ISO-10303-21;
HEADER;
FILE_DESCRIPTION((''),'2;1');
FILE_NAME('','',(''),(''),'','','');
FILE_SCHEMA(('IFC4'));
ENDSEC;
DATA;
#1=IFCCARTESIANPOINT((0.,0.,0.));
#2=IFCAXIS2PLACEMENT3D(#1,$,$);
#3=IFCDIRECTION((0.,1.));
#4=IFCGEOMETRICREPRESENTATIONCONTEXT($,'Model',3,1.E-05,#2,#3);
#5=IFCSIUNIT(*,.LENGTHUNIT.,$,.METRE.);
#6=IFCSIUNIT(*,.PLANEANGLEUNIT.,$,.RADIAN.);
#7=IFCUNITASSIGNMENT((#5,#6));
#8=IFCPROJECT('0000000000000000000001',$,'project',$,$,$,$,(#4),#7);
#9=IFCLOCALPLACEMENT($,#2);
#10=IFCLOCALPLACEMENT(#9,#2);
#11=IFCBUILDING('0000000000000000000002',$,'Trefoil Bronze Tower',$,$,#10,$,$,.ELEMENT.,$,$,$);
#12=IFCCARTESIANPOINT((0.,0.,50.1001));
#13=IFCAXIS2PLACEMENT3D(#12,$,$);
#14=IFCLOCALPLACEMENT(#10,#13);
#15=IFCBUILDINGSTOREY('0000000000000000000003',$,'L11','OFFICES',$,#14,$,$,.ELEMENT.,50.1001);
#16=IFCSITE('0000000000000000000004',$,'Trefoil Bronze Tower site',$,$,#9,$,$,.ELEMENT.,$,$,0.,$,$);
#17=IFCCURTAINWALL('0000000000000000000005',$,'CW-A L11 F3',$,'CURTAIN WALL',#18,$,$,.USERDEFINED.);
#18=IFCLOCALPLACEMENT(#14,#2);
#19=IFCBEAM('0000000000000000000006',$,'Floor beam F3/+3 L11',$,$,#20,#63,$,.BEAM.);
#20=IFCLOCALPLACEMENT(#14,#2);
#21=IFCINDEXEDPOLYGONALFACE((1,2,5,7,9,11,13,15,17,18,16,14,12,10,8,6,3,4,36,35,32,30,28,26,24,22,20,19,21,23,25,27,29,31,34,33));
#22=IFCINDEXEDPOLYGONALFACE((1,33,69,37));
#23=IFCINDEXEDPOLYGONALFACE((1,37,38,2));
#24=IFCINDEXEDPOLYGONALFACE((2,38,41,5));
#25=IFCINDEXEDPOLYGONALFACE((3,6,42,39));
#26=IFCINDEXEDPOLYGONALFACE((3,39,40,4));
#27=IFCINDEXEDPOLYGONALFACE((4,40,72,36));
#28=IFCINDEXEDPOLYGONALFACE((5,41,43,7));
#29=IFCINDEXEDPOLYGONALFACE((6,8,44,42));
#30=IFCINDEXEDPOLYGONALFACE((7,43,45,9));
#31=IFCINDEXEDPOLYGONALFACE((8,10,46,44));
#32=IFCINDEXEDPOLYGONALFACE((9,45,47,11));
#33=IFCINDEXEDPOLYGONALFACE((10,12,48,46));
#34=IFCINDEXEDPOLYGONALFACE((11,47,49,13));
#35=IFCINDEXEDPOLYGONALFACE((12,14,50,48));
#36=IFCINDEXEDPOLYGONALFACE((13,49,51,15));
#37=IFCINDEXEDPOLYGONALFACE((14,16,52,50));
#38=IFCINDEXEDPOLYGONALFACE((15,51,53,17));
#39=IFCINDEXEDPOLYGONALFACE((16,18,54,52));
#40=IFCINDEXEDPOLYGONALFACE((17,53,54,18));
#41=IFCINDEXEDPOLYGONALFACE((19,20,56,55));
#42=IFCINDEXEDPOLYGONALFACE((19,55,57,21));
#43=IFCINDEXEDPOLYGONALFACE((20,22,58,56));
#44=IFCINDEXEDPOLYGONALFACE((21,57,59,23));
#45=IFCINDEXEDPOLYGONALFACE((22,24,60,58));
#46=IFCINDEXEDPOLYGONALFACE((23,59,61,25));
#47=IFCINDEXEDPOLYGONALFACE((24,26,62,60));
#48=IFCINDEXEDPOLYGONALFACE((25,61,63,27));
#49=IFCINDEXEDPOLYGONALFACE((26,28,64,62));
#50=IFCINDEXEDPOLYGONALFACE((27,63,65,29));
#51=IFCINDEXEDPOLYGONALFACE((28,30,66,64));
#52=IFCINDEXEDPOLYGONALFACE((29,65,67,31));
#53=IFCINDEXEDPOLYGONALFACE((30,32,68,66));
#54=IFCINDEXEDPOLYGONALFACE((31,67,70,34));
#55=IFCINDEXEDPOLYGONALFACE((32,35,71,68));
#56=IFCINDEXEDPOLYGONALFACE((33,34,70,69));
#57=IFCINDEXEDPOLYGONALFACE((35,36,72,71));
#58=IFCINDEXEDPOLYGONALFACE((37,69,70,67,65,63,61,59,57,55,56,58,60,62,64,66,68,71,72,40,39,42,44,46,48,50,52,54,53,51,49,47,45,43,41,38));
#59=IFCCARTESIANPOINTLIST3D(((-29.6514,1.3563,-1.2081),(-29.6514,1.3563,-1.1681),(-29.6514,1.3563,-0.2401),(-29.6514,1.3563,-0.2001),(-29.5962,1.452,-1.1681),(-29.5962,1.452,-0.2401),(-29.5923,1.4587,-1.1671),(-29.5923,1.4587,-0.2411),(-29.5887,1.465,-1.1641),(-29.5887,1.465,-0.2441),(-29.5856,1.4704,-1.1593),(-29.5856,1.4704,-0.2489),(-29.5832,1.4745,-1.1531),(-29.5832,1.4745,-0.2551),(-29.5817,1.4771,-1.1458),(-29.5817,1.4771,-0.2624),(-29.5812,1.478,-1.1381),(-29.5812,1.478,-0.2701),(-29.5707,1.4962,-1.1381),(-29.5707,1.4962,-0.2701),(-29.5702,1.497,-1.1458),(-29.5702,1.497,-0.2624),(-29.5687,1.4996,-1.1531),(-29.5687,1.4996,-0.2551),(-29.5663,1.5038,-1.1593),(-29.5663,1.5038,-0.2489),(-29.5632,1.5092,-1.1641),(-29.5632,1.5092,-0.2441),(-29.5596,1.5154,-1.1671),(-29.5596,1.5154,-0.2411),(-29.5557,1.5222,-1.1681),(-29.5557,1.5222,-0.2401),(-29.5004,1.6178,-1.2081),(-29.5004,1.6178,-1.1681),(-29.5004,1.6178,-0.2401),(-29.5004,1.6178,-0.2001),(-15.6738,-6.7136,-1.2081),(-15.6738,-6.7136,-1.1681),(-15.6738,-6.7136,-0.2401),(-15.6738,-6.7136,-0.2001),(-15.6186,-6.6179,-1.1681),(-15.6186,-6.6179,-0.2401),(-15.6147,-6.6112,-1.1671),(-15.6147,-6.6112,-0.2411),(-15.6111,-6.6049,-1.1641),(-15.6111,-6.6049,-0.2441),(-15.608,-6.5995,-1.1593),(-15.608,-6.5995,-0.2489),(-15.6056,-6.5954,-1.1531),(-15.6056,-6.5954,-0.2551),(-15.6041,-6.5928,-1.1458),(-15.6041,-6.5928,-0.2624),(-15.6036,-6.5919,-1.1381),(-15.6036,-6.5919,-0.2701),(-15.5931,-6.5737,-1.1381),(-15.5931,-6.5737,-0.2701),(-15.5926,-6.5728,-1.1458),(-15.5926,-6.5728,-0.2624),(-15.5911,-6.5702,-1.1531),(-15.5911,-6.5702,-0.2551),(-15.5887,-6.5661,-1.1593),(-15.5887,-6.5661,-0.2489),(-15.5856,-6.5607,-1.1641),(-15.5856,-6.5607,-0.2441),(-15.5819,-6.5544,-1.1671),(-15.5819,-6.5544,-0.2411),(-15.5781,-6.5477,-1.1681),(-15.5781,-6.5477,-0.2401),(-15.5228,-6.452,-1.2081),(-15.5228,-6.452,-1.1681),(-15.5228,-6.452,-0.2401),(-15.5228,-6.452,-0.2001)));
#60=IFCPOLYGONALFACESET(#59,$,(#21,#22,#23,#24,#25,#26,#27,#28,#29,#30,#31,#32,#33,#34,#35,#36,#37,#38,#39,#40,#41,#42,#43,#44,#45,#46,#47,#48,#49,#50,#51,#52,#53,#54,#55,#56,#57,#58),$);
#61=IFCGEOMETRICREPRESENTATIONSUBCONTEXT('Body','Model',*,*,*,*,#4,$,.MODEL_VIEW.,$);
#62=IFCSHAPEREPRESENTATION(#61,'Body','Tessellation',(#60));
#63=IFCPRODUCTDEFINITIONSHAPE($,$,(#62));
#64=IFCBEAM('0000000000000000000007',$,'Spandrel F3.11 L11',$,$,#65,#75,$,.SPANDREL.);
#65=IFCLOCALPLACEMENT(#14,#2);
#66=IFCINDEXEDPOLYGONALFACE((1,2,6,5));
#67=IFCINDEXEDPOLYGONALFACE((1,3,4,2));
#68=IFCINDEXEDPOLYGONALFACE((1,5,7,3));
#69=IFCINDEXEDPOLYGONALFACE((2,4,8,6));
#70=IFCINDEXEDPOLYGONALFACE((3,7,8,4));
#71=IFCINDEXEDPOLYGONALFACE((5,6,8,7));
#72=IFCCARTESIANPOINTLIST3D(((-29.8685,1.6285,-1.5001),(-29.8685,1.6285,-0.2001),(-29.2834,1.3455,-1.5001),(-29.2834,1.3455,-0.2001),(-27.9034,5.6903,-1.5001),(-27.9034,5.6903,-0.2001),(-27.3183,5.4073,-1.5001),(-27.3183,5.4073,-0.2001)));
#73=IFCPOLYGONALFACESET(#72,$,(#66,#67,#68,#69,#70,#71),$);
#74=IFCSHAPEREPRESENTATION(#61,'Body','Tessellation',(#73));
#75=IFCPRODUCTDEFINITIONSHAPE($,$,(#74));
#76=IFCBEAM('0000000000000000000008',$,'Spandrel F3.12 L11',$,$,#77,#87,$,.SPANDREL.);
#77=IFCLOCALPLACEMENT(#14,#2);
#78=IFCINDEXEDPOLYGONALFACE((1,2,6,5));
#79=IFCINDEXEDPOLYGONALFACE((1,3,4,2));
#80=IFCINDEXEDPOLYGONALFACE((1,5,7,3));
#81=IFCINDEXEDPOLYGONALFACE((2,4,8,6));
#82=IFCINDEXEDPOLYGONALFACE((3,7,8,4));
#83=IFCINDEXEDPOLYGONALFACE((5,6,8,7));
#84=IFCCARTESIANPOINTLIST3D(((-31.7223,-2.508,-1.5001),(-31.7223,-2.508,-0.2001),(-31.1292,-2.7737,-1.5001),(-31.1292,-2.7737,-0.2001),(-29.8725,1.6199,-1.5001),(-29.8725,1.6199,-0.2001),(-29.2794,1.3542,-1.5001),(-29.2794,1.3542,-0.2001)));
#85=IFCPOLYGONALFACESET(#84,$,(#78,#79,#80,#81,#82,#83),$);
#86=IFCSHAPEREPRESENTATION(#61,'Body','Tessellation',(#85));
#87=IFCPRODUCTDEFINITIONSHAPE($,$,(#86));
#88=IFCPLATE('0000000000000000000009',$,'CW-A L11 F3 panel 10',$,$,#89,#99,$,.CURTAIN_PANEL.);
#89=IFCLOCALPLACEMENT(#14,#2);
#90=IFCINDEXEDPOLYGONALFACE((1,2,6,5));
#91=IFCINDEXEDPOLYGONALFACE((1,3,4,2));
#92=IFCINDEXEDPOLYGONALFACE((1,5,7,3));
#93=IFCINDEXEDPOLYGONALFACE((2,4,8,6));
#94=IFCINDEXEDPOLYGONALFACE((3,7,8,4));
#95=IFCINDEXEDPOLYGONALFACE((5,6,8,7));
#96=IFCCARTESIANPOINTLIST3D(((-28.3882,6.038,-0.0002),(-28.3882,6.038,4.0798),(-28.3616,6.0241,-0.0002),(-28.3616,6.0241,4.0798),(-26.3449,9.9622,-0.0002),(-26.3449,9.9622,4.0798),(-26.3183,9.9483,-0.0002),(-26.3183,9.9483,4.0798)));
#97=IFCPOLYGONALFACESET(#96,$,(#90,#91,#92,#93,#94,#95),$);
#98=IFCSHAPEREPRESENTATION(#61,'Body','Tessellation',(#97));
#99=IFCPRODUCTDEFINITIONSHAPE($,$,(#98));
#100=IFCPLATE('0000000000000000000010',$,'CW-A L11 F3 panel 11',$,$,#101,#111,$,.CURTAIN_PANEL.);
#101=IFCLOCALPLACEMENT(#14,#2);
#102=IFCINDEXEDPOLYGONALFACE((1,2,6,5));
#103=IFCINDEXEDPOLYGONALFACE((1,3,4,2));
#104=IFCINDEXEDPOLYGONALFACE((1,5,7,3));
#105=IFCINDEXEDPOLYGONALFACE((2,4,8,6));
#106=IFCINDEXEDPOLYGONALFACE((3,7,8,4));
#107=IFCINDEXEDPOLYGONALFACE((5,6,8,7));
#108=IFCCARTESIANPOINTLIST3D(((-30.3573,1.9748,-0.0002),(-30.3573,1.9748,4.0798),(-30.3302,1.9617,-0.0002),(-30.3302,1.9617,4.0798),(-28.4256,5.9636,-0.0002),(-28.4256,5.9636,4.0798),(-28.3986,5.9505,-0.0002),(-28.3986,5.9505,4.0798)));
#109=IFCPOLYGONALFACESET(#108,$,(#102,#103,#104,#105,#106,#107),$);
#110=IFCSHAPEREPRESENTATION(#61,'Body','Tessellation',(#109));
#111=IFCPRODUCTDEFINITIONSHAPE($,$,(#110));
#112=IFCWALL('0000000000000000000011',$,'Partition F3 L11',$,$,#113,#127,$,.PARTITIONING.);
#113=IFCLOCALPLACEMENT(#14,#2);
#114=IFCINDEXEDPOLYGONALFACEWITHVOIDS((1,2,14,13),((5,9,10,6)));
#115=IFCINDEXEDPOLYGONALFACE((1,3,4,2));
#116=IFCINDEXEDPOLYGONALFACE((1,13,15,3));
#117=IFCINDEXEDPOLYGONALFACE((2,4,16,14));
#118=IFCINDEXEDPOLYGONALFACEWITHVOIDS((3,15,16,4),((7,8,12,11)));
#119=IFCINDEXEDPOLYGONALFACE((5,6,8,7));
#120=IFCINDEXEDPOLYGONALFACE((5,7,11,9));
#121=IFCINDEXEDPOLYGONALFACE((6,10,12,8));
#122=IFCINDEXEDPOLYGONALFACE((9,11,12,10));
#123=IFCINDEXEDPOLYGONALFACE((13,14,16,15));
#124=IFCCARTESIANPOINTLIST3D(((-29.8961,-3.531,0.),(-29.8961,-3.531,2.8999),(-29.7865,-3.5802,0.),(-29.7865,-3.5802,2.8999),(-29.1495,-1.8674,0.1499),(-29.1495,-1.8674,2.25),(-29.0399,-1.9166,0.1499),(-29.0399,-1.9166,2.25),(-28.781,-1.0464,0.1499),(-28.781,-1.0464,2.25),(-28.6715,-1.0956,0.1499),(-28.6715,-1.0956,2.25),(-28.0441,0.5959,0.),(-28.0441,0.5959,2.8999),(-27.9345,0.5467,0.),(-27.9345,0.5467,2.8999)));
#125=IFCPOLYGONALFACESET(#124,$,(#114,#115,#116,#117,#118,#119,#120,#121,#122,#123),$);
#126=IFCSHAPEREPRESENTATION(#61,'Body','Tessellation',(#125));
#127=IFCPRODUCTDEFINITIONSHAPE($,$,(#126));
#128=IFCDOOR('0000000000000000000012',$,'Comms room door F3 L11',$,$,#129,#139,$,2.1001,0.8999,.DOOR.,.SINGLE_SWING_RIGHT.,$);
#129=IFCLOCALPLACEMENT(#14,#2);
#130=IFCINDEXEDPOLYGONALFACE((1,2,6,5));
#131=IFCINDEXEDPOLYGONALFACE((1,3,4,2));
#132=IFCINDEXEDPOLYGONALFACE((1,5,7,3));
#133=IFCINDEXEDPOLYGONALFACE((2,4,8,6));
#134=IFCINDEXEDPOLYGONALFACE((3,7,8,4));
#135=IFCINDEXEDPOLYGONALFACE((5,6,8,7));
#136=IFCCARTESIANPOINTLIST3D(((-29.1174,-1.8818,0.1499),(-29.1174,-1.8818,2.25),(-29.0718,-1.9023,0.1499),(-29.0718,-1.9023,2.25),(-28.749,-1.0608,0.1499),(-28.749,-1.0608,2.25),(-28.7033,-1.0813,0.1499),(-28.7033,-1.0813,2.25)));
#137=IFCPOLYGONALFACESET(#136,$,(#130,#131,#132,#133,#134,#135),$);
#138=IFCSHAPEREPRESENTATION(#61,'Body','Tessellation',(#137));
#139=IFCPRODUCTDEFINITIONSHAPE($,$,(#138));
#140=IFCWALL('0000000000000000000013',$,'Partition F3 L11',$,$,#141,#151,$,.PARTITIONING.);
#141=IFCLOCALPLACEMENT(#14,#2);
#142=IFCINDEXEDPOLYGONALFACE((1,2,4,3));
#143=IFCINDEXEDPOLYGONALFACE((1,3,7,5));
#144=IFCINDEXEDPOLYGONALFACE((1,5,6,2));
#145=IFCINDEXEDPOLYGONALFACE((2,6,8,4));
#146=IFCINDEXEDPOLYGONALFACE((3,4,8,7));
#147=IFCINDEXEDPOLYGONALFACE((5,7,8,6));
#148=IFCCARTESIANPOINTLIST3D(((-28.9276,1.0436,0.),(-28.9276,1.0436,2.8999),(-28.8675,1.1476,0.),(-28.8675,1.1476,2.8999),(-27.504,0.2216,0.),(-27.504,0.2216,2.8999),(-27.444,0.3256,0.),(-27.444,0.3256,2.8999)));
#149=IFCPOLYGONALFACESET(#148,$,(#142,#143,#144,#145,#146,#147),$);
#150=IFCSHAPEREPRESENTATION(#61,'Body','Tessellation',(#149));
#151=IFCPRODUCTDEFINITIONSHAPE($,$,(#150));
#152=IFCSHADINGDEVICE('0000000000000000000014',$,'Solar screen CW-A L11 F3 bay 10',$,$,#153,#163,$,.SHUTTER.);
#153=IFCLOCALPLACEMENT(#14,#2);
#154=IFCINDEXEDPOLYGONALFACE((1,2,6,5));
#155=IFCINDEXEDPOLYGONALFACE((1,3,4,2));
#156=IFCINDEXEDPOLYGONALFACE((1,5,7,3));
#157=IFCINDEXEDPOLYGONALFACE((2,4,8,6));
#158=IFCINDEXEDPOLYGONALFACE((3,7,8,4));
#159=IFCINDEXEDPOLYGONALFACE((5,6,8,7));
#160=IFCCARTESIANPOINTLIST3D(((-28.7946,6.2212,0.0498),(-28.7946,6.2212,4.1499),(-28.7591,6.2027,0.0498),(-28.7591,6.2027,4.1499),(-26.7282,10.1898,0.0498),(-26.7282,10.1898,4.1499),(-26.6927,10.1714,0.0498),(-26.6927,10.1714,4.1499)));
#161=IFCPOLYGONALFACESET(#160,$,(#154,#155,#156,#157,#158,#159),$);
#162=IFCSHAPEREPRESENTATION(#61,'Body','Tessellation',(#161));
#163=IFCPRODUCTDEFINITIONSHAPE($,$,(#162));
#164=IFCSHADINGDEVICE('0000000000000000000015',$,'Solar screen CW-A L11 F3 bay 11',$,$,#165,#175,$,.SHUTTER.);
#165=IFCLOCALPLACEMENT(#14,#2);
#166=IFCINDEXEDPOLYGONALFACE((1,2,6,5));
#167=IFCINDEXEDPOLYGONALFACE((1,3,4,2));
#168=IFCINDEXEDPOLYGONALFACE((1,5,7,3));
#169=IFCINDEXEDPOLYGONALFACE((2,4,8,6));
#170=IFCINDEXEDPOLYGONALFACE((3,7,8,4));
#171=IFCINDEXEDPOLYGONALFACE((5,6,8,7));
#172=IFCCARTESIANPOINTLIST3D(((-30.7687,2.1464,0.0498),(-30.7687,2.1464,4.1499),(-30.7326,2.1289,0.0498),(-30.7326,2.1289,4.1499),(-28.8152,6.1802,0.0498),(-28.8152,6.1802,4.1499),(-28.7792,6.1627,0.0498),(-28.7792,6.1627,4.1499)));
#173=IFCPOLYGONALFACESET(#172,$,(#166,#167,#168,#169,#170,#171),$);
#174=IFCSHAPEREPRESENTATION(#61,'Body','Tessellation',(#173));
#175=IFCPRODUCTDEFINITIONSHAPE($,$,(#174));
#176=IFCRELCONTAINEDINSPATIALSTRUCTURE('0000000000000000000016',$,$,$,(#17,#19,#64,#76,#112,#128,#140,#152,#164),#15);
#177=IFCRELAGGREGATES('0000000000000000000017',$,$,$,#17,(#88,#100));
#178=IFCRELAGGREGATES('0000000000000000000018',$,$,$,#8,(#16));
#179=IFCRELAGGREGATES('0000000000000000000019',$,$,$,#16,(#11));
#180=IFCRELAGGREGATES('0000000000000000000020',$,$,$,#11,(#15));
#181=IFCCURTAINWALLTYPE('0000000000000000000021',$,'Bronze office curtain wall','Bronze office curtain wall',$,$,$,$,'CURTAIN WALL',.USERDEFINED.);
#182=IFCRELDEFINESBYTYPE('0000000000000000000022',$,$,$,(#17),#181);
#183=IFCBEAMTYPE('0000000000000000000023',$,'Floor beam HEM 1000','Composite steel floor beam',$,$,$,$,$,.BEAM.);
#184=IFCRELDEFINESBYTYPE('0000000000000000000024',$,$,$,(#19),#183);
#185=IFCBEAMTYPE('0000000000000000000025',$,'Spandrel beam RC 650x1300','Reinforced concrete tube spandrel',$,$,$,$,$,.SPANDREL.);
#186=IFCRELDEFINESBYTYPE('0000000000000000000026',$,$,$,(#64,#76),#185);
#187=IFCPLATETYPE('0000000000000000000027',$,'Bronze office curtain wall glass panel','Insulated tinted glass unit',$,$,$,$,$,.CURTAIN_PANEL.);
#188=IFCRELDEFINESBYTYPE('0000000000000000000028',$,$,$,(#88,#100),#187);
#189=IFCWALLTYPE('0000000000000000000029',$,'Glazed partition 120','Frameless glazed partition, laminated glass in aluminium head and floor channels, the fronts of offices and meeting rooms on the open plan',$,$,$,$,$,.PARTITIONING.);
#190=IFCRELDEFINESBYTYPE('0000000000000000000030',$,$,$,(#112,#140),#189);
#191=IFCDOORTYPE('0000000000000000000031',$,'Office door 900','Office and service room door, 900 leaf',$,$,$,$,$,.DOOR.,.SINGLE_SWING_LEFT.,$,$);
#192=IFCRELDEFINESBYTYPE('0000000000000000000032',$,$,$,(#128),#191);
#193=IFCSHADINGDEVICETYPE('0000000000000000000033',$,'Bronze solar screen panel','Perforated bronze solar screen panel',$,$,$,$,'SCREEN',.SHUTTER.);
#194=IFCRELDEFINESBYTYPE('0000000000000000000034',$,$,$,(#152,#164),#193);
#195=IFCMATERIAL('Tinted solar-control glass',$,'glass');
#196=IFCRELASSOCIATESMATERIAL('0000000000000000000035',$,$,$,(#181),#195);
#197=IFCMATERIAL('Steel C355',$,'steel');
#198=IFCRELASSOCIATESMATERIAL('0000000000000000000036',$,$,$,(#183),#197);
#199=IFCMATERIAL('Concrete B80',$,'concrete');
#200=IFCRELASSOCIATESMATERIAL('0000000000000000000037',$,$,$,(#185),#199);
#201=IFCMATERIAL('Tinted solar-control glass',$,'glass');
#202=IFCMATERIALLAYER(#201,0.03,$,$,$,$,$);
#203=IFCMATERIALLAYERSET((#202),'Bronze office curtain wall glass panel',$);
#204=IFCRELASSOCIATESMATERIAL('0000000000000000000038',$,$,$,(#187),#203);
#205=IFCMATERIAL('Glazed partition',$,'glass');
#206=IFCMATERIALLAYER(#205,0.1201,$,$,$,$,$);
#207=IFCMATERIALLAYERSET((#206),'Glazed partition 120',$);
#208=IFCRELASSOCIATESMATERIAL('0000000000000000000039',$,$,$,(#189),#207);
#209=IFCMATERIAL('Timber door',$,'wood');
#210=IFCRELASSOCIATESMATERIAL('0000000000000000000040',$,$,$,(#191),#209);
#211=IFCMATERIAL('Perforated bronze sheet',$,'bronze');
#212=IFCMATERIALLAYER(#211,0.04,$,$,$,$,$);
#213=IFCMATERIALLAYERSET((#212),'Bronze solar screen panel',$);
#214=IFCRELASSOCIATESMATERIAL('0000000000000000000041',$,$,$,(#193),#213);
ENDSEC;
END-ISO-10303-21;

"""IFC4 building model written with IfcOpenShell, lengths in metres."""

from ifc_helpers import new_model, si_unit, direction, frame, frame_2d, origin, origin_2d, place, context, subcontext, project, spatial, rectangle, i_section, extrude, material, layer, layer_set, material_profile, profile_set, type_object, element, fill, aggregate, save


model = new_model("IFC4")

# Units and contexts
model_context = context("Model", 3, precision=1e-05, world=origin(), true_north=direction((0.0, 1.0)))
body_context = subcontext(model_context, "Body", "Model", "MODEL_VIEW")
ifc_project = project(units=[si_unit("LENGTHUNIT", "METRE"), si_unit("PLANEANGLEUNIT", "RADIAN")], contexts=[model_context])

# Site, building, storey
site_placement = place(None, origin())
site = spatial("IfcSite", under=ifc_project, at=site_placement, Name="Trefoil Bronze Tower site", CompositionType="ELEMENT", RefElevation=0.0)
building_placement = place(site_placement, origin())
building = spatial("IfcBuilding", under=site, at=building_placement, Name="Trefoil Bronze Tower", CompositionType="ELEMENT")
storey_placement = place(building_placement, frame((0.0, 0.0, 50.1001)))
storey = spatial("IfcBuildingStorey", under=building, at=storey_placement, Name="L11", Description="OFFICES", CompositionType="ELEMENT", Elevation=50.1001)

# Curtain wall
ifc_material_1 = material(Name="Tinted solar-control glass", Category="glass")
curtain_wall_type = type_object("IfcCurtainWallType", Name="Bronze office curtain wall", Description="Bronze office curtain wall", ElementType="CURTAIN WALL", PredefinedType="USERDEFINED", material=ifc_material_1)
curtain_wall_placement = place(storey_placement, origin())
curtain_wall = element("IfcCurtainWall", 1, at=curtain_wall_placement, inside=storey, type_object=curtain_wall_type, Name="CW-A L11 F3", ObjectType="CURTAIN WALL", PredefinedType="USERDEFINED")

# Beams
ifc_material_2 = material(Name="Steel C355", Category="steel")
ifc_material_profile_1 = material_profile(ifc_material_2, i_section(OverallWidth=0.302, OverallDepth=1.0081, WebThickness=0.021, FlangeThickness=0.04, FilletRadius=0.03, at=origin_2d()), Name="HEM 1000")
ifc_profile_set_1 = profile_set([ifc_material_profile_1], Name="Steel C355")
beam_type_1 = type_object("IfcBeamType", Name="Floor beam HEM 1000", Description="Composite steel floor beam", PredefinedType="BEAM", material=ifc_profile_set_1)
beam_1_placement = place(storey_placement, frame((-29.5759, 1.4871, -0.7041), z_axis=(0.866028, -0.499995, 0.0), x_axis=(0.499995, 0.866028, 0.0)))
element("IfcBeam", 2, at=beam_1_placement, inside=storey, type_object=beam_type_1, Name="Floor beam F3/+3 L11", PredefinedType="BEAM", context=body_context, shape_type="SweptSolid", body=[
    extrude(i_section(OverallWidth=0.302, OverallDepth=1.0081, WebThickness=0.021, FlangeThickness=0.04, FilletRadius=0.03, at=origin_2d()), origin(), (0.0, 0.0, 1.0), 16.1399),
])
ifc_material_3 = material(Name="Concrete B80", Category="concrete")
ifc_material_profile_2 = material_profile(ifc_material_3, rectangle(XDim=0.6499, YDim=1.3, at=origin_2d()), Name="RC 650x1300")
ifc_profile_set_2 = profile_set([ifc_material_profile_2], Name="Concrete B80")
beam_type_2 = type_object("IfcBeamType", Name="Spandrel beam RC 650x1300", Description="Reinforced concrete tube spandrel", PredefinedType="SPANDREL", material=ifc_profile_set_2)
beam_2_placement = place(storey_placement, frame((-27.6108, 5.5488, -0.8501), z_axis=(-0.43551, -0.900184, 0.0), x_axis=(0.900184, -0.43551, 0.0)))
element("IfcBeam", 3, at=beam_2_placement, inside=storey, type_object=beam_type_2, Name="Spandrel F3.11 L11", PredefinedType="SPANDREL", context=body_context, shape_type="SweptSolid", body=[
    extrude(rectangle(XDim=0.6499, YDim=1.3, at=origin_2d()), origin(), (0.0, 0.0, 1.0), 4.5122),
])
beam_3_placement = place(storey_placement, frame((-29.5759, 1.4871, -0.8501), z_axis=(-0.408946, -0.912559, 0.0), x_axis=(0.912559, -0.408946, 0.0)))
element("IfcBeam", 4, at=beam_3_placement, inside=storey, type_object=beam_type_2, Name="Spandrel F3.12 L11", PredefinedType="SPANDREL", context=body_context, shape_type="SweptSolid", body=[
    extrude(rectangle(XDim=0.6499, YDim=1.3, at=origin_2d()), origin(), (0.0, 0.0, 1.0), 4.5234),
])

# Plates
ifc_material_4 = material(Name="Tinted solar-control glass", Category="glass")
ifc_layer_1 = layer(ifc_material_4, 0.03)
ifc_layer_set_1 = layer_set([ifc_layer_1], Name="Bronze office curtain wall glass panel")
plate_type = type_object("IfcPlateType", Name="Bronze office curtain wall glass panel", Description="Insulated tinted glass unit", PredefinedType="CURTAIN_PANEL", material=ifc_layer_set_1)
plate_1_placement = place(storey_placement, frame((-27.3533, 7.9932, -0.0002), z_axis=(0.0, 0.0, 1.0), x_axis=(-0.46183, -0.886969, 0.0)))
plate_1 = element("IfcPlate", 5, at=plate_1_placement, type_object=plate_type, Name="CW-A L11 F3 panel 10", PredefinedType="CURTAIN_PANEL", context=body_context, shape_type="SweptSolid", body=[
    extrude(rectangle(XDim=4.4243, YDim=0.03, at=origin_2d()), origin(), (0.0, 0.0, 1.0), 4.0801),
])
plate_2_placement = place(storey_placement, frame((-29.3779, 3.9626, -0.0002), z_axis=(0.0, 0.0, 1.0), x_axis=(-0.435855, -0.900017, 0.0)))
plate_2 = element("IfcPlate", 6, at=plate_2_placement, type_object=plate_type, Name="CW-A L11 F3 panel 11", PredefinedType="CURTAIN_PANEL", context=body_context, shape_type="SweptSolid", body=[
    extrude(rectangle(XDim=4.4319, YDim=0.03, at=origin_2d()), origin(), (0.0, 0.0, 1.0), 4.0801),
])
aggregate(curtain_wall, [plate_1, plate_2])

# Wall, opening, door
ifc_material_5 = material(Name="Glazed partition", Category="glass")
ifc_layer_2 = layer(ifc_material_5, 0.1201)
ifc_layer_set_2 = layer_set([ifc_layer_2], Name="Glazed partition 120")
wall_type = type_object("IfcWallType", Name="Glazed partition 120", Description="Frameless glazed partition, laminated glass in aluminium head and floor channels, the fronts of offices and meeting rooms on the open plan", PredefinedType="PARTITIONING", material=ifc_layer_set_2)
wall_1_placement = place(storey_placement, frame((-27.9893, 0.5713, 0.0), z_axis=(0.0, 0.0, 1.0), x_axis=(-0.409431, -0.912341, 0.0)))
wall_1 = element("IfcWall", 7, at=wall_1_placement, inside=storey, type_object=wall_type, Name="Partition F3 L11", PredefinedType="PARTITIONING", context=body_context, shape_type="SweptSolid", body=[
    extrude(rectangle(XDim=4.5234, YDim=0.1201, at=frame_2d((2.2617, 0.0))), origin(), (0.0, 0.0, 1.0), 2.8999),
])
opening_placement = place(wall_1_placement, frame((1.8, 0.0, 0.1499)))
opening = element("IfcOpeningElement", 8, at=opening_placement, cuts=wall_1, PredefinedType="OPENING", context=body_context, shape_type="SweptSolid", body=[
    extrude(rectangle(XDim=0.8999, YDim=2.1001, at=frame_2d((0.45, 1.05))), frame((0.0, 0.0701, 0.0), z_axis=(0.0, -1.0, 0.0), x_axis=(1.0, 0.0, 0.0)), (0.0, 0.0, 1.0), 0.1401),
])
ifc_material_6 = material(Name="Timber door", Category="wood")
door_type = type_object("IfcDoorType", Name="Office door 900", Description="Office and service room door, 900 leaf", OperationType="SINGLE_SWING_LEFT", PredefinedType="DOOR", material=ifc_material_6)
door_placement = place(opening_placement, frame((0.8999, 0.0, 0.0), z_axis=(0.0, 0.0, 1.0), x_axis=(-1.0, 0.0, 0.0)))
door = element("IfcDoor", 9, at=door_placement, inside=storey, type_object=door_type, Name="Comms room door F3 L11", OperationType="SINGLE_SWING_RIGHT", OverallHeight=2.1001, OverallWidth=0.8999, PredefinedType="DOOR", context=body_context, shape_type="SweptSolid", body=[
    extrude(rectangle(XDim=0.8999, YDim=2.1001, at=frame_2d((0.45, 1.05))), frame((0.0, 0.0249, 0.0), z_axis=(0.0, -1.0, 0.0), x_axis=(1.0, 0.0, 0.0)), (0.0, 0.0, 1.0), 0.05),
])
fill(opening, door)

# Wall
wall_2_placement = place(storey_placement, frame((-27.4741, 0.2737, 0.0), z_axis=(0.0, 0.0, 1.0), x_axis=(-0.865995, 0.500052, 0.0)))
element("IfcWall", 10, at=wall_2_placement, inside=storey, type_object=wall_type, Name="Partition F3 L11", PredefinedType="PARTITIONING", context=body_context, shape_type="SweptSolid", body=[
    extrude(rectangle(XDim=1.6438, YDim=0.1201, at=frame_2d((0.8218, 0.0))), origin(), (0.0, 0.0, 1.0), 2.8999),
])

# Shading devices
ifc_material_7 = material(Name="Perforated bronze sheet", Category="bronze")
ifc_layer_3 = layer(ifc_material_7, 0.04)
ifc_layer_set_3 = layer_set([ifc_layer_3], Name="Bronze solar screen panel")
shading_device_type = type_object("IfcShadingDeviceType", Name="Bronze solar screen panel", Description="Perforated bronze solar screen panel", ElementType="SCREEN", PredefinedType="SHUTTER", material=ifc_layer_set_3)
shading_device_1_placement = place(storey_placement, frame((-27.7437, 8.1963, 0.0498), z_axis=(0.0, 0.0, 1.0), x_axis=(-0.46183, -0.886969, 0.0)))
element("IfcShadingDevice", 11, at=shading_device_1_placement, inside=storey, type_object=shading_device_type, Name="Solar screen CW-A L11 F3 bay 10", PredefinedType="SHUTTER", context=body_context, shape_type="SweptSolid", body=[
    extrude(rectangle(XDim=4.4744, YDim=0.04, at=origin_2d()), origin(), (0.0, 0.0, 1.0), 4.1001),
])
shading_device_2_placement = place(storey_placement, frame((-29.7739, 4.1545, 0.0498), z_axis=(0.0, 0.0, 1.0), x_axis=(-0.435855, -0.900017, 0.0)))
element("IfcShadingDevice", 12, at=shading_device_2_placement, inside=storey, type_object=shading_device_type, Name="Solar screen CW-A L11 F3 bay 11", PredefinedType="SHUTTER", context=body_context, shape_type="SweptSolid", body=[
    extrude(rectangle(XDim=4.4819, YDim=0.04, at=origin_2d()), origin(), (0.0, 0.0, 1.0), 4.1001),
])

save(model, "model.ifc")
